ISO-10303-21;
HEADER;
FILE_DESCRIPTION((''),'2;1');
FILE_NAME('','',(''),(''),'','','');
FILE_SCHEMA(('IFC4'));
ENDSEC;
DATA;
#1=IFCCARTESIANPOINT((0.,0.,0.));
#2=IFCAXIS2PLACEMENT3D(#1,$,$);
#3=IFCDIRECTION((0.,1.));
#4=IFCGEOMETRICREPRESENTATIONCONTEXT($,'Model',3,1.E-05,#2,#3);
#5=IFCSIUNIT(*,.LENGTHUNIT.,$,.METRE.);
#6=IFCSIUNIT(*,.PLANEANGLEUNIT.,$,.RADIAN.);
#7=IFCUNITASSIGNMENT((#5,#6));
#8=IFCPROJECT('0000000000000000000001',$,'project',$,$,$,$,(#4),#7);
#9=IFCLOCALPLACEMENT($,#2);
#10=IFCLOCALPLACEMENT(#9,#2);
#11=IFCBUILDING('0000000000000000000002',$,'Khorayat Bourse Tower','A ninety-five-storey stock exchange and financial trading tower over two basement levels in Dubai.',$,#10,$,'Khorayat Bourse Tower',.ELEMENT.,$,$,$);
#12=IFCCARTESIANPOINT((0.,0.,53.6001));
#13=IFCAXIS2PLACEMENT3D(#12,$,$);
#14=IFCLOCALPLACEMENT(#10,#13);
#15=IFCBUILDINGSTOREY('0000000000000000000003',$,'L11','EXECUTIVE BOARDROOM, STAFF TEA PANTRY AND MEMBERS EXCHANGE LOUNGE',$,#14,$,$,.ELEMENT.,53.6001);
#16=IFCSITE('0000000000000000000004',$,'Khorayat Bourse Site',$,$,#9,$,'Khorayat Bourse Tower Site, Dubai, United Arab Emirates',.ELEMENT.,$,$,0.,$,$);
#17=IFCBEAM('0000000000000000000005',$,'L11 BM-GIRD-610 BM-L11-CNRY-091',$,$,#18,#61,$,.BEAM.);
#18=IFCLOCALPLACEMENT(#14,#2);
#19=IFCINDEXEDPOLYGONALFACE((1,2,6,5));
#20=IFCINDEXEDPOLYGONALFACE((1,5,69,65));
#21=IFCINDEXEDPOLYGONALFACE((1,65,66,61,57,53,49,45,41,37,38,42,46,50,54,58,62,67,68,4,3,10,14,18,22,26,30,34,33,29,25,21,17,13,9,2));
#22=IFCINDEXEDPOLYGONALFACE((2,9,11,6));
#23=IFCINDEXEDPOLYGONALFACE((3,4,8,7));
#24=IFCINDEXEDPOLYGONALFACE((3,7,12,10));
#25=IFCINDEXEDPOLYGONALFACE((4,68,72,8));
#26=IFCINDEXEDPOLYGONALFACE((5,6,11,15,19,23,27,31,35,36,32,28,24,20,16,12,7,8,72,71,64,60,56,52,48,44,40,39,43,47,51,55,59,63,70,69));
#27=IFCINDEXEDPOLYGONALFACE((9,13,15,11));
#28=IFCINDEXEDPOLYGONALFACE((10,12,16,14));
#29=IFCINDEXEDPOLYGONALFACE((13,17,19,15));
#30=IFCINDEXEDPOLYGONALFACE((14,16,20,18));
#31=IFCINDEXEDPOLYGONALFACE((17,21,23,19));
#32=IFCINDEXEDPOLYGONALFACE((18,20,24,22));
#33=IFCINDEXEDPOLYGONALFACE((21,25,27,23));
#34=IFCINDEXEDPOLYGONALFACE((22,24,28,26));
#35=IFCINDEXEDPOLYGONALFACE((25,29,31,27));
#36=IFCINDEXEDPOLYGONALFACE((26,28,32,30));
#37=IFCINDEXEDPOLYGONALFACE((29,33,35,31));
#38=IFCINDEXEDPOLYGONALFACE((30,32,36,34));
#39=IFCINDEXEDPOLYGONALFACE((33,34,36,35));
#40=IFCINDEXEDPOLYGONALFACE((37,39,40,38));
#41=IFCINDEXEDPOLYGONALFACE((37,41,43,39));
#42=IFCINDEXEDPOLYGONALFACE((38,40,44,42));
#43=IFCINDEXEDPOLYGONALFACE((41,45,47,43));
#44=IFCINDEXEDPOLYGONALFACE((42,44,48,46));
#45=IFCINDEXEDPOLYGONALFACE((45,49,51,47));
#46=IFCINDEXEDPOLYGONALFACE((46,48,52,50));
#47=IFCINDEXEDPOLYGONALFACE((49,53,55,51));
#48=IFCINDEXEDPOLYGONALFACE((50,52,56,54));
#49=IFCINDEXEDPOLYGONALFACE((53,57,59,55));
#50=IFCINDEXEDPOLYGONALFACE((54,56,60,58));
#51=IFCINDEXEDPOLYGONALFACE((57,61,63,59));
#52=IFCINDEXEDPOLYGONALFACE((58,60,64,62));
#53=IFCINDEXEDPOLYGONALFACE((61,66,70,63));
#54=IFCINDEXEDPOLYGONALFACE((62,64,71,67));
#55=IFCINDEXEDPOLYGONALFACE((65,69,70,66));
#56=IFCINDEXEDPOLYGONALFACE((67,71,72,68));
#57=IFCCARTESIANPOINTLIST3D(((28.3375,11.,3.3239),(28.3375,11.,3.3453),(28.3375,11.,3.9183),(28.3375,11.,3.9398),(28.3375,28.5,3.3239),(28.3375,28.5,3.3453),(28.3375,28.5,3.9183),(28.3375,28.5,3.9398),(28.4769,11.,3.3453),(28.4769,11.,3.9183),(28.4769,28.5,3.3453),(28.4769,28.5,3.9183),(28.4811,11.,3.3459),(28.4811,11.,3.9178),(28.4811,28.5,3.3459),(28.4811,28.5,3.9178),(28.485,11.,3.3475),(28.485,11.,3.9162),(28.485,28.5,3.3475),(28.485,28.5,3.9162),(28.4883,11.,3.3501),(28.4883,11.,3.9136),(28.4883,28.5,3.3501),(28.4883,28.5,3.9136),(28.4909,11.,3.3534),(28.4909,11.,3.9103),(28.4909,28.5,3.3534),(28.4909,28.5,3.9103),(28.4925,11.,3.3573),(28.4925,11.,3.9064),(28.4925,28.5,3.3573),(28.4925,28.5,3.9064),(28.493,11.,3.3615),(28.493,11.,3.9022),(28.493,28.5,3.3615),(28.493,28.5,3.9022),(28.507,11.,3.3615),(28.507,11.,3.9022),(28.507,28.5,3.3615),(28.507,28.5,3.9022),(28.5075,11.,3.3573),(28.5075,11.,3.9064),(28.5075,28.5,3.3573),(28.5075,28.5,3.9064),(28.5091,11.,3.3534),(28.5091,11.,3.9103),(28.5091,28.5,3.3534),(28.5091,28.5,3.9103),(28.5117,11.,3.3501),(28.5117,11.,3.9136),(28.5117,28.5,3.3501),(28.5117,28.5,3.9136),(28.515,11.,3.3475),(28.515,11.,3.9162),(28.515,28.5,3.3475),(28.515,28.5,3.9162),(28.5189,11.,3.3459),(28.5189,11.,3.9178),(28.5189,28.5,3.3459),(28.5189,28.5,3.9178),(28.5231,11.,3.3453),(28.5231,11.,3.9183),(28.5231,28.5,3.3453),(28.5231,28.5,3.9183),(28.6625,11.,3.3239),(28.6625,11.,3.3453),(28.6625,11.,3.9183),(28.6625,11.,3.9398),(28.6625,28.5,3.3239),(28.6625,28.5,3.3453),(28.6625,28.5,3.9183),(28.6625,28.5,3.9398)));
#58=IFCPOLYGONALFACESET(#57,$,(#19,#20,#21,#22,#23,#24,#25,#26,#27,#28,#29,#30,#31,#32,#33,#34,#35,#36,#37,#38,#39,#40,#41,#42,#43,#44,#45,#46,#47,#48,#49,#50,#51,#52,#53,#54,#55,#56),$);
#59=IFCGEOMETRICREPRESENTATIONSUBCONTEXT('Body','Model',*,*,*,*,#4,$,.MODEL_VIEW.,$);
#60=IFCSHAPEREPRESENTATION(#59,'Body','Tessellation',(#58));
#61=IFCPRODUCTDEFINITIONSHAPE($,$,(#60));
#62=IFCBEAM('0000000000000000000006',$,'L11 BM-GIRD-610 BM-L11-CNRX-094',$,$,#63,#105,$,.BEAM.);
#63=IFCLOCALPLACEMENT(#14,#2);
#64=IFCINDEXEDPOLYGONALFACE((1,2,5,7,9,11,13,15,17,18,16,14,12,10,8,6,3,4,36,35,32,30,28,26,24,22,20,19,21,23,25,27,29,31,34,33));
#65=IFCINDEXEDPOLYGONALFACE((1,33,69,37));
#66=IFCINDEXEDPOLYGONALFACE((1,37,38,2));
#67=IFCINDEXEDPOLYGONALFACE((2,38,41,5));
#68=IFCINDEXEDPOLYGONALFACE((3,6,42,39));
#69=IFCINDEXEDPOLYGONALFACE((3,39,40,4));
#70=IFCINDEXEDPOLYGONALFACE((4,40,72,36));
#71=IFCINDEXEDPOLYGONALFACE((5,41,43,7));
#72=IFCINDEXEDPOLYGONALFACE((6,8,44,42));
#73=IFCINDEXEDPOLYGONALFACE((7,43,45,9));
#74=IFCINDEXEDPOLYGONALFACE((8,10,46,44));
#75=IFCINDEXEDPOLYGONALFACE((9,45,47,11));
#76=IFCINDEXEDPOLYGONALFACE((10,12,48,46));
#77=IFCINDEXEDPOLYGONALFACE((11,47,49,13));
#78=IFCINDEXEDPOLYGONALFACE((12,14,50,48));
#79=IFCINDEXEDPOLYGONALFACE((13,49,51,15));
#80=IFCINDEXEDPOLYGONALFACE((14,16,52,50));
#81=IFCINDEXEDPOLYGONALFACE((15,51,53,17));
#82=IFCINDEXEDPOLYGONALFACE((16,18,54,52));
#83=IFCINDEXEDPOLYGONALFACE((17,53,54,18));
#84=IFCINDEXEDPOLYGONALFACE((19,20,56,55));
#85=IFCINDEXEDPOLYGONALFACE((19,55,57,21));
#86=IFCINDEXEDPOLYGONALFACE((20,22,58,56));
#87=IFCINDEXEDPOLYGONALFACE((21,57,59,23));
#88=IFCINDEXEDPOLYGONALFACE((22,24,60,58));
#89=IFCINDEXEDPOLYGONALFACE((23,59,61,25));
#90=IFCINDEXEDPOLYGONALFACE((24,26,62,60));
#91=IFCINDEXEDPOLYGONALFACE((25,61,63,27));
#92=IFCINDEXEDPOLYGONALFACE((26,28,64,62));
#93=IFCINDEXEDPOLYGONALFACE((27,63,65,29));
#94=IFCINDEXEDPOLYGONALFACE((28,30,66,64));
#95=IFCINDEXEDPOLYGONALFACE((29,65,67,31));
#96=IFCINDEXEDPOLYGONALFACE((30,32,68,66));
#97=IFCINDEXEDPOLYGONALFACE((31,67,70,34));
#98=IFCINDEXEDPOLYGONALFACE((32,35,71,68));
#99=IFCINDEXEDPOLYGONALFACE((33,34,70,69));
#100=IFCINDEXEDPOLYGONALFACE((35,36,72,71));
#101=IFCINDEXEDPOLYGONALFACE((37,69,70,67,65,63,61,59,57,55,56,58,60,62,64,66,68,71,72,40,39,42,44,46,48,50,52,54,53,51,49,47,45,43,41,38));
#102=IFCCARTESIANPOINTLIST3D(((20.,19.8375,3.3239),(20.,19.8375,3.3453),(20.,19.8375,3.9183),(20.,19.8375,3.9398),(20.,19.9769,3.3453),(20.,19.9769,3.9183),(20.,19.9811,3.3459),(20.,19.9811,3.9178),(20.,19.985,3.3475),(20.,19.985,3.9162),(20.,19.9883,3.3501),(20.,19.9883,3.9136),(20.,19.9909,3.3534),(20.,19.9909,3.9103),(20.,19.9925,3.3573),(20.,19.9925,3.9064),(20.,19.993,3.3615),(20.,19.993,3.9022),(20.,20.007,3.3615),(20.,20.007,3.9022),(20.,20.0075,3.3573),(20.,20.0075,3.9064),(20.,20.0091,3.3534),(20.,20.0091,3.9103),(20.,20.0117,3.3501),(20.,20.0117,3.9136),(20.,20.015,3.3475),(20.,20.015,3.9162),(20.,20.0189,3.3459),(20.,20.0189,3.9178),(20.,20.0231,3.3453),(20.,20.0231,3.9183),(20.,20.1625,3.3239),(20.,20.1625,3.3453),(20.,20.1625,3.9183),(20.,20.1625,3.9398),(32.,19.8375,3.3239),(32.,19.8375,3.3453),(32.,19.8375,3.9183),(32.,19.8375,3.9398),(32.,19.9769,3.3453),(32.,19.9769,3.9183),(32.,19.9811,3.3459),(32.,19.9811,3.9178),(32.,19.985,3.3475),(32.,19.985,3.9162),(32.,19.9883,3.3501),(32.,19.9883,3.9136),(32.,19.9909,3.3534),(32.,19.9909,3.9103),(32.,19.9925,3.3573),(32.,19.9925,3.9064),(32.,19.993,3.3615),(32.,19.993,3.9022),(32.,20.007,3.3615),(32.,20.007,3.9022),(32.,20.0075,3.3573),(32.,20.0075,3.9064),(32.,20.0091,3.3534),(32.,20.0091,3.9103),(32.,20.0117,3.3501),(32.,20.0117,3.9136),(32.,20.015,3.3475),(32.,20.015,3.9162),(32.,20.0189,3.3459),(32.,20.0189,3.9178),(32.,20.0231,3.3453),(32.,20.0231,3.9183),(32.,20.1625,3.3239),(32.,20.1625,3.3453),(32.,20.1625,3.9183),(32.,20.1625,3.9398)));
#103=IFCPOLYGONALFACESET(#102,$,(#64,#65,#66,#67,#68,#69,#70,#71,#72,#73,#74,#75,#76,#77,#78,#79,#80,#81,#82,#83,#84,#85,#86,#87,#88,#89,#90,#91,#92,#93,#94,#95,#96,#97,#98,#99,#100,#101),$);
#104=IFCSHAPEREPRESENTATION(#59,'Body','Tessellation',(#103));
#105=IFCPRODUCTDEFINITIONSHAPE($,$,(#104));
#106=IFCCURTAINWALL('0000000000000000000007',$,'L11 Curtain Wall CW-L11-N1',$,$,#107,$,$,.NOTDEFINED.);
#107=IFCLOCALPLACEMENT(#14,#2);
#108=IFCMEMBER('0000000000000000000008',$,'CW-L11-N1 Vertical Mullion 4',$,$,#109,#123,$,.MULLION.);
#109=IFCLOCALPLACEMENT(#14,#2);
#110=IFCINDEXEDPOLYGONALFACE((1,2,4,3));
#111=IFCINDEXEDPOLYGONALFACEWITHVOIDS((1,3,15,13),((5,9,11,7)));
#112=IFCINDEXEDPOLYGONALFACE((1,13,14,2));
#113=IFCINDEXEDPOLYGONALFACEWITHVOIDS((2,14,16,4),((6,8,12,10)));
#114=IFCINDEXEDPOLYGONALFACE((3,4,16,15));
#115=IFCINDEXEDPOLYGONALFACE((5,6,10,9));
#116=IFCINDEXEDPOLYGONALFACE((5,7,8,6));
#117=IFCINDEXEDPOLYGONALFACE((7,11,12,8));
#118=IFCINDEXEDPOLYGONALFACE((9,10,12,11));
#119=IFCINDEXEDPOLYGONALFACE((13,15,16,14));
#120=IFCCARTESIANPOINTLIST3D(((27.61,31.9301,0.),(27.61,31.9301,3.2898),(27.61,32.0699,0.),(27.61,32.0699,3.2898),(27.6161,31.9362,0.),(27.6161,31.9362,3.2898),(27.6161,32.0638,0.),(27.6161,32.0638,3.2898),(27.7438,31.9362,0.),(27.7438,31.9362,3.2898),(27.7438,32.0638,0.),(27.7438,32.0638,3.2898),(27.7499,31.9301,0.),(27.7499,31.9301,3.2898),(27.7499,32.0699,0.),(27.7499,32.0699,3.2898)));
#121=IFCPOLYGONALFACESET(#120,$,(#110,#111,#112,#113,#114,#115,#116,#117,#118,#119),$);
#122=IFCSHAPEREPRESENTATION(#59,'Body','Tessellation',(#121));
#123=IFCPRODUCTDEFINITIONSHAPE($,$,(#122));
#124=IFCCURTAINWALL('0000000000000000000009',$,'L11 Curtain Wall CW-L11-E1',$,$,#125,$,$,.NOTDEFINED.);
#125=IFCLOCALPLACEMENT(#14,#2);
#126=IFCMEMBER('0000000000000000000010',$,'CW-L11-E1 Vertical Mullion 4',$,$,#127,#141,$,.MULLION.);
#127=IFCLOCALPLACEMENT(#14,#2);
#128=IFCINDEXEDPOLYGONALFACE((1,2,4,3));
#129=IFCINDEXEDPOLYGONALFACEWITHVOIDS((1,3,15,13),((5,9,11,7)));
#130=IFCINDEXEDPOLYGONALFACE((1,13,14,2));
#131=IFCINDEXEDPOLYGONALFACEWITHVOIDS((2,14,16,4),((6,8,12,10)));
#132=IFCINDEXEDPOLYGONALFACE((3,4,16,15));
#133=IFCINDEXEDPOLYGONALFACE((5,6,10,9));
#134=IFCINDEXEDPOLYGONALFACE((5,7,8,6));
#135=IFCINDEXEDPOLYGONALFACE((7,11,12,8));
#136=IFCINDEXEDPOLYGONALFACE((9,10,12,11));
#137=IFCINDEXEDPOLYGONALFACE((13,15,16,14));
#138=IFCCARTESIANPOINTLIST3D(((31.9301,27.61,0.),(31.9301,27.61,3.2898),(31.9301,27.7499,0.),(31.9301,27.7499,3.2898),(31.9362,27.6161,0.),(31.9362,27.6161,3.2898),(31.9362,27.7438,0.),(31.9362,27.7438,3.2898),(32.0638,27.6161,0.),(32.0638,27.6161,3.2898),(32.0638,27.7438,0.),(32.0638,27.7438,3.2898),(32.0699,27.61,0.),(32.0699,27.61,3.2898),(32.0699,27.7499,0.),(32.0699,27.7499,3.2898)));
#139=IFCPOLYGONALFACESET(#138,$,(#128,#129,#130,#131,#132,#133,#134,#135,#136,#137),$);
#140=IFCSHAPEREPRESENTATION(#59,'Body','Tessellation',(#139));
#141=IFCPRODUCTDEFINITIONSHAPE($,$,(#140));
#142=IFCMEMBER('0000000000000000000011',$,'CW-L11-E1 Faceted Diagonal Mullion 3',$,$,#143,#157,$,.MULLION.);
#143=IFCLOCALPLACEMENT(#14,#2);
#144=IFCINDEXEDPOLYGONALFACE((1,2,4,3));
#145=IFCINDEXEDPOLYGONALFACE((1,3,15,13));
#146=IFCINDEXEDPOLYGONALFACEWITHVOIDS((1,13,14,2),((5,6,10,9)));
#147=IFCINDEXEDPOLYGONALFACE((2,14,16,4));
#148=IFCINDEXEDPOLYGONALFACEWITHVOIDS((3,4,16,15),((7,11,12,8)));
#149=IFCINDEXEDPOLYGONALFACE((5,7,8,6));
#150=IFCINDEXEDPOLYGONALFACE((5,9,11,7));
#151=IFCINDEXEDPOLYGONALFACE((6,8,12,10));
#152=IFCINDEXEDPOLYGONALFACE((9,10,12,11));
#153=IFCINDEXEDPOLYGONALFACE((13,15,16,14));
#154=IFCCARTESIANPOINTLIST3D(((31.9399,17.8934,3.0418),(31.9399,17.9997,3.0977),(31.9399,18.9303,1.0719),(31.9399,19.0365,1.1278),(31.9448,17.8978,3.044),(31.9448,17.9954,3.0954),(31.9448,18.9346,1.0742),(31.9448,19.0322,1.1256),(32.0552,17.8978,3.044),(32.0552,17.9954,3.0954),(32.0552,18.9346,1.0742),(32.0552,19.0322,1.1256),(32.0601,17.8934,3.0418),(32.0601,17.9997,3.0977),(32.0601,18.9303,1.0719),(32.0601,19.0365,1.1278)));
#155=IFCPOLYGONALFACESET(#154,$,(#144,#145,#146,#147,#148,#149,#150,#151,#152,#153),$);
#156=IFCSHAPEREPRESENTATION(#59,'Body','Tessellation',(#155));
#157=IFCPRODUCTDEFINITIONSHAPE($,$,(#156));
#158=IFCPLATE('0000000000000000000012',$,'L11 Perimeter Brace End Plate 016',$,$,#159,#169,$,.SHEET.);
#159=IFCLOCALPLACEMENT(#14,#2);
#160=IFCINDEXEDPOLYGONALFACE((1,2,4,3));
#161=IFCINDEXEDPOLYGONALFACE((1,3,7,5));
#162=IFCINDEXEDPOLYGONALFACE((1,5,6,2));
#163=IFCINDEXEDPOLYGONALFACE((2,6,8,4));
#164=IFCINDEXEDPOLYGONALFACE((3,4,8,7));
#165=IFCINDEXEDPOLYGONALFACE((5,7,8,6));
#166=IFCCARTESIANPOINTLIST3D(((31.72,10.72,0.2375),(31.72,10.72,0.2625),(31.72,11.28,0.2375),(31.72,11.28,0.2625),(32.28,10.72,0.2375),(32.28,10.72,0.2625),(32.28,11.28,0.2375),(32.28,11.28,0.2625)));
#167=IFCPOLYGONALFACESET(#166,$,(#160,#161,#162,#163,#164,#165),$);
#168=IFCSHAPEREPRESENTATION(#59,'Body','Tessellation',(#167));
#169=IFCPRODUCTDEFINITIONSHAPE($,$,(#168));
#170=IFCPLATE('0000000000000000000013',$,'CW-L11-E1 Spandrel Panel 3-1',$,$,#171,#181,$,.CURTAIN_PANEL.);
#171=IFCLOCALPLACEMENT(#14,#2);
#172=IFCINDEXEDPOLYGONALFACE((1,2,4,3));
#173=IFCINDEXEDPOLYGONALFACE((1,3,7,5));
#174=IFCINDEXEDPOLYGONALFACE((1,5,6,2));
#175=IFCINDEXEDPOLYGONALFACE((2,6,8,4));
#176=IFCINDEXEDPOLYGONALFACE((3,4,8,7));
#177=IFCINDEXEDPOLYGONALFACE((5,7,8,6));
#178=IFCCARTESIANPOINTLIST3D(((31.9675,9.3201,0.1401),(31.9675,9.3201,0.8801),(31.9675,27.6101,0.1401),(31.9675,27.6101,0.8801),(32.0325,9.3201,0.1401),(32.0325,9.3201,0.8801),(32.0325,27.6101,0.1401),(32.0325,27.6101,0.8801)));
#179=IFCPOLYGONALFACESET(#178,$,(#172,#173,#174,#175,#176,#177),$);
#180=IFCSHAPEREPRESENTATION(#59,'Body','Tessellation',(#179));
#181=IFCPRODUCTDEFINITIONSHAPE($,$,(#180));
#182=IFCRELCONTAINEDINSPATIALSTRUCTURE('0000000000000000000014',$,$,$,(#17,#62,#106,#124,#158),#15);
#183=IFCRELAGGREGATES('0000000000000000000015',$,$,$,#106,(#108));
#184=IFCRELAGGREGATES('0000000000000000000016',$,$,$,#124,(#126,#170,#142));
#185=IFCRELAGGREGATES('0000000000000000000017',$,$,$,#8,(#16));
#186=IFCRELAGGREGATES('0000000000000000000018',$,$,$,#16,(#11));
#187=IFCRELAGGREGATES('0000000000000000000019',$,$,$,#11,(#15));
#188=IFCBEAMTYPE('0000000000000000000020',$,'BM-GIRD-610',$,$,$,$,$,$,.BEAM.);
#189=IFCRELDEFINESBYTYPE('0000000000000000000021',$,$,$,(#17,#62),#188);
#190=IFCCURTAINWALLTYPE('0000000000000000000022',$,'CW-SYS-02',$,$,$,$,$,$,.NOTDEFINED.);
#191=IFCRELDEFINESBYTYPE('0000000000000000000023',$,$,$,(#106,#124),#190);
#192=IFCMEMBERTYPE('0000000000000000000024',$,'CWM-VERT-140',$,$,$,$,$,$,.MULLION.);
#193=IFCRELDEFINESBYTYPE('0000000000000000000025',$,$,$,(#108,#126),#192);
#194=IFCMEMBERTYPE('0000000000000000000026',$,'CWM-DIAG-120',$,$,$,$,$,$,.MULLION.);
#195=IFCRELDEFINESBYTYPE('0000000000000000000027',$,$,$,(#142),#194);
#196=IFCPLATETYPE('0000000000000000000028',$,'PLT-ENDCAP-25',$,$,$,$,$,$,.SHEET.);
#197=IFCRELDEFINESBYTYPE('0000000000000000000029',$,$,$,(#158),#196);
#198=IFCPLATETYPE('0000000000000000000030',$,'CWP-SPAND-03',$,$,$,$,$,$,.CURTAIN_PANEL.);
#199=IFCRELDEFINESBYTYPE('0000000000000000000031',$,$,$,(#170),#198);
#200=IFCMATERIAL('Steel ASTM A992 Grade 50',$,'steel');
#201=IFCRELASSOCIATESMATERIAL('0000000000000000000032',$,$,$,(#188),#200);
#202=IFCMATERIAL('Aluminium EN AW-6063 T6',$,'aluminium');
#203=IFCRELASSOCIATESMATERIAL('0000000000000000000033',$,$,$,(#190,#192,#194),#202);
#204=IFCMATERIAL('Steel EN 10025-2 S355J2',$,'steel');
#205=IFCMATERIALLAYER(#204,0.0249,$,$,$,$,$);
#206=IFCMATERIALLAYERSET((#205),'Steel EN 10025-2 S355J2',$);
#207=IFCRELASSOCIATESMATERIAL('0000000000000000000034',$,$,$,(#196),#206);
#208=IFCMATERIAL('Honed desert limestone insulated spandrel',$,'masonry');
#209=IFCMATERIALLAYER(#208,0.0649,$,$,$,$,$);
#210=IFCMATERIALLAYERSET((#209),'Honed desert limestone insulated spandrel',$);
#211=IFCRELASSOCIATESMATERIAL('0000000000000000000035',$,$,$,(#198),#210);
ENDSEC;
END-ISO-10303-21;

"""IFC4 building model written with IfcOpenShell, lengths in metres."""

from ifc_helpers import new_model, si_unit, direction, frame, origin, origin_2d, place, context, subcontext, project, spatial, rectangle, hollow_rectangle, i_section, extrude, source, transform, mapped, material, layer, layer_set, material_profile, profile_set, type_object, element, aggregate, save


model = new_model("IFC4")

# Units and contexts
model_context = context("Model", 3, precision=1e-05, world=origin(), true_north=direction((0.0, 1.0)))
body_context = subcontext(model_context, "Body", "Model", "MODEL_VIEW")
ifc_project = project(units=[si_unit("LENGTHUNIT", "METRE"), si_unit("PLANEANGLEUNIT", "RADIAN")], contexts=[model_context])

# Site, building, storey
site_placement = place(None, origin())
site = spatial("IfcSite", under=ifc_project, at=site_placement, Name="Khorayat Bourse Site", LongName="Khorayat Bourse Tower Site, Dubai, United Arab Emirates", CompositionType="ELEMENT", RefElevation=0.0)
building_placement = place(site_placement, origin())
building = spatial("IfcBuilding", under=site, at=building_placement, Name="Khorayat Bourse Tower", Description="A ninety-five-storey stock exchange and financial trading tower over two basement levels in Dubai.", LongName="Khorayat Bourse Tower", CompositionType="ELEMENT")
storey_placement = place(building_placement, frame((0.0, 0.0, 53.6001)))
storey = spatial("IfcBuildingStorey", under=building, at=storey_placement, Name="L11", Description="EXECUTIVE BOARDROOM, STAFF TEA PANTRY AND MEMBERS EXCHANGE LOUNGE", CompositionType="ELEMENT", Elevation=53.6001)

# Beams
ifc_material_1 = material(Name="Steel ASTM A992 Grade 50", Category="steel")
ifc_material_profile_1 = material_profile(ifc_material_1, i_section(OverallWidth=0.325, OverallDepth=0.616, WebThickness=0.0139, FlangeThickness=0.0215, FilletRadius=0.0161, at=origin_2d()), Name="W610X174")
ifc_profile_set_1 = profile_set([ifc_material_profile_1], Name="Steel ASTM A992 Grade 50")
beam_type_1 = type_object("IfcBeamType", Name="BM-GIRD-610", PredefinedType="BEAM", material=ifc_profile_set_1)
shared_shape_1 = source(origin(), body_context, "Body", "SweptSolid", [
    extrude(i_section(OverallWidth=0.325, OverallDepth=0.616, WebThickness=0.0139, FlangeThickness=0.0215, FilletRadius=0.0161, at=origin_2d()), origin(), (0.0, 0.0, 1.0), 17.5),
])
beam_1_placement = place(storey_placement, frame((28.5, 11.0, 3.6318), z_axis=(0.0, 1.0, 0.0), x_axis=(-1.0, 0.0, 0.0)))
element("IfcBeam", 1, at=beam_1_placement, inside=storey, type_object=beam_type_1, Name="L11 BM-GIRD-610 BM-L11-CNRY-091", PredefinedType="BEAM", context=body_context, shape_type="MappedRepresentation", body=[
    mapped(shared_shape_1, transform((0.0, 0.0, 0.0), scale=1.0)),
])
shared_shape_2 = source(origin(), body_context, "Body", "SweptSolid", [
    extrude(i_section(OverallWidth=0.325, OverallDepth=0.616, WebThickness=0.0139, FlangeThickness=0.0215, FilletRadius=0.0161, at=origin_2d()), origin(), (0.0, 0.0, 1.0), 12.0),
])
beam_2_placement = place(storey_placement, frame((20.0, 20.0, 3.6318), z_axis=(1.0, 0.0, 0.0), x_axis=(0.0, 1.0, 0.0)))
element("IfcBeam", 2, at=beam_2_placement, inside=storey, type_object=beam_type_1, Name="L11 BM-GIRD-610 BM-L11-CNRX-094", PredefinedType="BEAM", context=body_context, shape_type="MappedRepresentation", body=[
    mapped(shared_shape_2, transform((0.0, 0.0, 0.0), scale=1.0)),
])

# Curtain wall, member
ifc_material_2 = material(Name="Aluminium EN AW-6063 T6", Category="aluminium")
curtain_wall_type = type_object("IfcCurtainWallType", Name="CW-SYS-02", PredefinedType="NOTDEFINED", material=ifc_material_2)
curtain_wall_1_placement = place(storey_placement, origin())
curtain_wall_1 = element("IfcCurtainWall", 3, at=curtain_wall_1_placement, inside=storey, type_object=curtain_wall_type, Name="L11 Curtain Wall CW-L11-N1", PredefinedType="NOTDEFINED")
ifc_material_profile_2 = material_profile(ifc_material_2, hollow_rectangle(XDim=0.1399, YDim=0.1399, WallThickness=0.0061, at=origin_2d()), Name="ALU 140x140x6")
ifc_profile_set_2 = profile_set([ifc_material_profile_2], Name="Aluminium EN AW-6063 T6")
member_type_1 = type_object("IfcMemberType", Name="CWM-VERT-140", PredefinedType="MULLION", material=ifc_profile_set_2)
shared_shape_3 = source(origin(), body_context, "Body", "SweptSolid", [
    extrude(hollow_rectangle(XDim=0.1399, YDim=0.1399, WallThickness=0.0061, at=origin_2d()), origin(), (0.0, 0.0, 1.0), 3.2898),
])
member_1_placement = place(storey_placement, frame((27.6799, 32.0, 0.0), z_axis=(0.0, 0.0, 1.0), x_axis=(0.0, 1.0, 0.0)))
member_1 = element("IfcMember", 4, at=member_1_placement, type_object=member_type_1, Name="CW-L11-N1 Vertical Mullion 4", PredefinedType="MULLION", context=body_context, shape_type="MappedRepresentation", body=[
    mapped(shared_shape_3, transform((0.0, 0.0, 0.0), scale=1.0)),
])
aggregate(curtain_wall_1, [member_1])

# Curtain wall, members
curtain_wall_2_placement = place(storey_placement, origin())
curtain_wall_2 = element("IfcCurtainWall", 5, at=curtain_wall_2_placement, inside=storey, type_object=curtain_wall_type, Name="L11 Curtain Wall CW-L11-E1", PredefinedType="NOTDEFINED")
member_2_placement = place(storey_placement, frame((32.0, 27.6799, 0.0), z_axis=(0.0, 0.0, 1.0), x_axis=(-1.0, 0.0, 0.0)))
member_2 = element("IfcMember", 6, at=member_2_placement, type_object=member_type_1, Name="CW-L11-E1 Vertical Mullion 4", PredefinedType="MULLION", context=body_context, shape_type="MappedRepresentation", body=[
    mapped(shared_shape_3, transform((0.0, 0.0, 0.0), scale=1.0)),
])
ifc_material_profile_3 = material_profile(ifc_material_2, hollow_rectangle(XDim=0.1201, YDim=0.1201, WallThickness=0.0049, at=origin_2d()), Name="ALU 120x120x5")
ifc_profile_set_3 = profile_set([ifc_material_profile_3], Name="Aluminium EN AW-6063 T6")
member_type_2 = type_object("IfcMemberType", Name="CWM-DIAG-120", PredefinedType="MULLION", material=ifc_profile_set_3)
shared_shape_4 = source(origin(), body_context, "Body", "SweptSolid", [
    extrude(hollow_rectangle(XDim=0.1201, YDim=0.1201, WallThickness=0.0049, at=origin_2d()), origin(), (0.0, 0.0, 1.0), 2.2261),
])
member_3_placement = place(storey_placement, frame((32.0, 18.9834, 1.0999), z_axis=(0.0, -0.46576, 0.884911), x_axis=(1.0, 0.0, 0.0)))
member_3 = element("IfcMember", 7, at=member_3_placement, type_object=member_type_2, Name="CW-L11-E1 Faceted Diagonal Mullion 3", PredefinedType="MULLION", context=body_context, shape_type="MappedRepresentation", body=[
    mapped(shared_shape_4, transform((0.0, 0.0, 0.0), scale=1.0)),
])

# Plates
ifc_material_3 = material(Name="Steel EN 10025-2 S355J2", Category="steel")
ifc_layer_1 = layer(ifc_material_3, 0.0249)
ifc_layer_set_1 = layer_set([ifc_layer_1], Name="Steel EN 10025-2 S355J2")
plate_type_1 = type_object("IfcPlateType", Name="PLT-ENDCAP-25", PredefinedType="SHEET", material=ifc_layer_set_1)
shared_shape_5 = source(origin(), body_context, "Body", "SweptSolid", [
    extrude(rectangle(XDim=0.5601, YDim=0.5601, at=origin_2d()), origin(), (0.0, 0.0, 1.0), 0.0249),
])
plate_1_placement = place(storey_placement, frame((32.0, 11.0, 0.2375), z_axis=(0.0, 0.0, 1.0), x_axis=(1.0, 0.0, 0.0)))
element("IfcPlate", 8, at=plate_1_placement, inside=storey, type_object=plate_type_1, Name="L11 Perimeter Brace End Plate 016", PredefinedType="SHEET", context=body_context, shape_type="MappedRepresentation", body=[
    mapped(shared_shape_5, transform((0.0, 0.0, 0.0), scale=1.0)),
])
ifc_material_4 = material(Name="Honed desert limestone insulated spandrel", Category="masonry")
ifc_layer_2 = layer(ifc_material_4, 0.0649)
ifc_layer_set_2 = layer_set([ifc_layer_2], Name="Honed desert limestone insulated spandrel")
plate_type_2 = type_object("IfcPlateType", Name="CWP-SPAND-03", PredefinedType="CURTAIN_PANEL", material=ifc_layer_set_2)
shared_shape_6 = source(origin(), body_context, "Body", "SweptSolid", [
    extrude(rectangle(XDim=18.29, YDim=0.0649, at=origin_2d()), origin(), (0.0, 0.0, 1.0), 0.74),
])
plate_2_placement = place(storey_placement, frame((32.0, 18.4651, 0.1401), z_axis=(0.0, 0.0, 1.0), x_axis=(0.0, 1.0, 0.0)))
plate_2 = element("IfcPlate", 9, at=plate_2_placement, type_object=plate_type_2, Name="CW-L11-E1 Spandrel Panel 3-1", PredefinedType="CURTAIN_PANEL", context=body_context, shape_type="MappedRepresentation", body=[
    mapped(shared_shape_6, transform((0.0, 0.0, 0.0), scale=1.0)),
])
aggregate(curtain_wall_2, [member_2, plate_2, member_3])

save(model, "model.ifc")
